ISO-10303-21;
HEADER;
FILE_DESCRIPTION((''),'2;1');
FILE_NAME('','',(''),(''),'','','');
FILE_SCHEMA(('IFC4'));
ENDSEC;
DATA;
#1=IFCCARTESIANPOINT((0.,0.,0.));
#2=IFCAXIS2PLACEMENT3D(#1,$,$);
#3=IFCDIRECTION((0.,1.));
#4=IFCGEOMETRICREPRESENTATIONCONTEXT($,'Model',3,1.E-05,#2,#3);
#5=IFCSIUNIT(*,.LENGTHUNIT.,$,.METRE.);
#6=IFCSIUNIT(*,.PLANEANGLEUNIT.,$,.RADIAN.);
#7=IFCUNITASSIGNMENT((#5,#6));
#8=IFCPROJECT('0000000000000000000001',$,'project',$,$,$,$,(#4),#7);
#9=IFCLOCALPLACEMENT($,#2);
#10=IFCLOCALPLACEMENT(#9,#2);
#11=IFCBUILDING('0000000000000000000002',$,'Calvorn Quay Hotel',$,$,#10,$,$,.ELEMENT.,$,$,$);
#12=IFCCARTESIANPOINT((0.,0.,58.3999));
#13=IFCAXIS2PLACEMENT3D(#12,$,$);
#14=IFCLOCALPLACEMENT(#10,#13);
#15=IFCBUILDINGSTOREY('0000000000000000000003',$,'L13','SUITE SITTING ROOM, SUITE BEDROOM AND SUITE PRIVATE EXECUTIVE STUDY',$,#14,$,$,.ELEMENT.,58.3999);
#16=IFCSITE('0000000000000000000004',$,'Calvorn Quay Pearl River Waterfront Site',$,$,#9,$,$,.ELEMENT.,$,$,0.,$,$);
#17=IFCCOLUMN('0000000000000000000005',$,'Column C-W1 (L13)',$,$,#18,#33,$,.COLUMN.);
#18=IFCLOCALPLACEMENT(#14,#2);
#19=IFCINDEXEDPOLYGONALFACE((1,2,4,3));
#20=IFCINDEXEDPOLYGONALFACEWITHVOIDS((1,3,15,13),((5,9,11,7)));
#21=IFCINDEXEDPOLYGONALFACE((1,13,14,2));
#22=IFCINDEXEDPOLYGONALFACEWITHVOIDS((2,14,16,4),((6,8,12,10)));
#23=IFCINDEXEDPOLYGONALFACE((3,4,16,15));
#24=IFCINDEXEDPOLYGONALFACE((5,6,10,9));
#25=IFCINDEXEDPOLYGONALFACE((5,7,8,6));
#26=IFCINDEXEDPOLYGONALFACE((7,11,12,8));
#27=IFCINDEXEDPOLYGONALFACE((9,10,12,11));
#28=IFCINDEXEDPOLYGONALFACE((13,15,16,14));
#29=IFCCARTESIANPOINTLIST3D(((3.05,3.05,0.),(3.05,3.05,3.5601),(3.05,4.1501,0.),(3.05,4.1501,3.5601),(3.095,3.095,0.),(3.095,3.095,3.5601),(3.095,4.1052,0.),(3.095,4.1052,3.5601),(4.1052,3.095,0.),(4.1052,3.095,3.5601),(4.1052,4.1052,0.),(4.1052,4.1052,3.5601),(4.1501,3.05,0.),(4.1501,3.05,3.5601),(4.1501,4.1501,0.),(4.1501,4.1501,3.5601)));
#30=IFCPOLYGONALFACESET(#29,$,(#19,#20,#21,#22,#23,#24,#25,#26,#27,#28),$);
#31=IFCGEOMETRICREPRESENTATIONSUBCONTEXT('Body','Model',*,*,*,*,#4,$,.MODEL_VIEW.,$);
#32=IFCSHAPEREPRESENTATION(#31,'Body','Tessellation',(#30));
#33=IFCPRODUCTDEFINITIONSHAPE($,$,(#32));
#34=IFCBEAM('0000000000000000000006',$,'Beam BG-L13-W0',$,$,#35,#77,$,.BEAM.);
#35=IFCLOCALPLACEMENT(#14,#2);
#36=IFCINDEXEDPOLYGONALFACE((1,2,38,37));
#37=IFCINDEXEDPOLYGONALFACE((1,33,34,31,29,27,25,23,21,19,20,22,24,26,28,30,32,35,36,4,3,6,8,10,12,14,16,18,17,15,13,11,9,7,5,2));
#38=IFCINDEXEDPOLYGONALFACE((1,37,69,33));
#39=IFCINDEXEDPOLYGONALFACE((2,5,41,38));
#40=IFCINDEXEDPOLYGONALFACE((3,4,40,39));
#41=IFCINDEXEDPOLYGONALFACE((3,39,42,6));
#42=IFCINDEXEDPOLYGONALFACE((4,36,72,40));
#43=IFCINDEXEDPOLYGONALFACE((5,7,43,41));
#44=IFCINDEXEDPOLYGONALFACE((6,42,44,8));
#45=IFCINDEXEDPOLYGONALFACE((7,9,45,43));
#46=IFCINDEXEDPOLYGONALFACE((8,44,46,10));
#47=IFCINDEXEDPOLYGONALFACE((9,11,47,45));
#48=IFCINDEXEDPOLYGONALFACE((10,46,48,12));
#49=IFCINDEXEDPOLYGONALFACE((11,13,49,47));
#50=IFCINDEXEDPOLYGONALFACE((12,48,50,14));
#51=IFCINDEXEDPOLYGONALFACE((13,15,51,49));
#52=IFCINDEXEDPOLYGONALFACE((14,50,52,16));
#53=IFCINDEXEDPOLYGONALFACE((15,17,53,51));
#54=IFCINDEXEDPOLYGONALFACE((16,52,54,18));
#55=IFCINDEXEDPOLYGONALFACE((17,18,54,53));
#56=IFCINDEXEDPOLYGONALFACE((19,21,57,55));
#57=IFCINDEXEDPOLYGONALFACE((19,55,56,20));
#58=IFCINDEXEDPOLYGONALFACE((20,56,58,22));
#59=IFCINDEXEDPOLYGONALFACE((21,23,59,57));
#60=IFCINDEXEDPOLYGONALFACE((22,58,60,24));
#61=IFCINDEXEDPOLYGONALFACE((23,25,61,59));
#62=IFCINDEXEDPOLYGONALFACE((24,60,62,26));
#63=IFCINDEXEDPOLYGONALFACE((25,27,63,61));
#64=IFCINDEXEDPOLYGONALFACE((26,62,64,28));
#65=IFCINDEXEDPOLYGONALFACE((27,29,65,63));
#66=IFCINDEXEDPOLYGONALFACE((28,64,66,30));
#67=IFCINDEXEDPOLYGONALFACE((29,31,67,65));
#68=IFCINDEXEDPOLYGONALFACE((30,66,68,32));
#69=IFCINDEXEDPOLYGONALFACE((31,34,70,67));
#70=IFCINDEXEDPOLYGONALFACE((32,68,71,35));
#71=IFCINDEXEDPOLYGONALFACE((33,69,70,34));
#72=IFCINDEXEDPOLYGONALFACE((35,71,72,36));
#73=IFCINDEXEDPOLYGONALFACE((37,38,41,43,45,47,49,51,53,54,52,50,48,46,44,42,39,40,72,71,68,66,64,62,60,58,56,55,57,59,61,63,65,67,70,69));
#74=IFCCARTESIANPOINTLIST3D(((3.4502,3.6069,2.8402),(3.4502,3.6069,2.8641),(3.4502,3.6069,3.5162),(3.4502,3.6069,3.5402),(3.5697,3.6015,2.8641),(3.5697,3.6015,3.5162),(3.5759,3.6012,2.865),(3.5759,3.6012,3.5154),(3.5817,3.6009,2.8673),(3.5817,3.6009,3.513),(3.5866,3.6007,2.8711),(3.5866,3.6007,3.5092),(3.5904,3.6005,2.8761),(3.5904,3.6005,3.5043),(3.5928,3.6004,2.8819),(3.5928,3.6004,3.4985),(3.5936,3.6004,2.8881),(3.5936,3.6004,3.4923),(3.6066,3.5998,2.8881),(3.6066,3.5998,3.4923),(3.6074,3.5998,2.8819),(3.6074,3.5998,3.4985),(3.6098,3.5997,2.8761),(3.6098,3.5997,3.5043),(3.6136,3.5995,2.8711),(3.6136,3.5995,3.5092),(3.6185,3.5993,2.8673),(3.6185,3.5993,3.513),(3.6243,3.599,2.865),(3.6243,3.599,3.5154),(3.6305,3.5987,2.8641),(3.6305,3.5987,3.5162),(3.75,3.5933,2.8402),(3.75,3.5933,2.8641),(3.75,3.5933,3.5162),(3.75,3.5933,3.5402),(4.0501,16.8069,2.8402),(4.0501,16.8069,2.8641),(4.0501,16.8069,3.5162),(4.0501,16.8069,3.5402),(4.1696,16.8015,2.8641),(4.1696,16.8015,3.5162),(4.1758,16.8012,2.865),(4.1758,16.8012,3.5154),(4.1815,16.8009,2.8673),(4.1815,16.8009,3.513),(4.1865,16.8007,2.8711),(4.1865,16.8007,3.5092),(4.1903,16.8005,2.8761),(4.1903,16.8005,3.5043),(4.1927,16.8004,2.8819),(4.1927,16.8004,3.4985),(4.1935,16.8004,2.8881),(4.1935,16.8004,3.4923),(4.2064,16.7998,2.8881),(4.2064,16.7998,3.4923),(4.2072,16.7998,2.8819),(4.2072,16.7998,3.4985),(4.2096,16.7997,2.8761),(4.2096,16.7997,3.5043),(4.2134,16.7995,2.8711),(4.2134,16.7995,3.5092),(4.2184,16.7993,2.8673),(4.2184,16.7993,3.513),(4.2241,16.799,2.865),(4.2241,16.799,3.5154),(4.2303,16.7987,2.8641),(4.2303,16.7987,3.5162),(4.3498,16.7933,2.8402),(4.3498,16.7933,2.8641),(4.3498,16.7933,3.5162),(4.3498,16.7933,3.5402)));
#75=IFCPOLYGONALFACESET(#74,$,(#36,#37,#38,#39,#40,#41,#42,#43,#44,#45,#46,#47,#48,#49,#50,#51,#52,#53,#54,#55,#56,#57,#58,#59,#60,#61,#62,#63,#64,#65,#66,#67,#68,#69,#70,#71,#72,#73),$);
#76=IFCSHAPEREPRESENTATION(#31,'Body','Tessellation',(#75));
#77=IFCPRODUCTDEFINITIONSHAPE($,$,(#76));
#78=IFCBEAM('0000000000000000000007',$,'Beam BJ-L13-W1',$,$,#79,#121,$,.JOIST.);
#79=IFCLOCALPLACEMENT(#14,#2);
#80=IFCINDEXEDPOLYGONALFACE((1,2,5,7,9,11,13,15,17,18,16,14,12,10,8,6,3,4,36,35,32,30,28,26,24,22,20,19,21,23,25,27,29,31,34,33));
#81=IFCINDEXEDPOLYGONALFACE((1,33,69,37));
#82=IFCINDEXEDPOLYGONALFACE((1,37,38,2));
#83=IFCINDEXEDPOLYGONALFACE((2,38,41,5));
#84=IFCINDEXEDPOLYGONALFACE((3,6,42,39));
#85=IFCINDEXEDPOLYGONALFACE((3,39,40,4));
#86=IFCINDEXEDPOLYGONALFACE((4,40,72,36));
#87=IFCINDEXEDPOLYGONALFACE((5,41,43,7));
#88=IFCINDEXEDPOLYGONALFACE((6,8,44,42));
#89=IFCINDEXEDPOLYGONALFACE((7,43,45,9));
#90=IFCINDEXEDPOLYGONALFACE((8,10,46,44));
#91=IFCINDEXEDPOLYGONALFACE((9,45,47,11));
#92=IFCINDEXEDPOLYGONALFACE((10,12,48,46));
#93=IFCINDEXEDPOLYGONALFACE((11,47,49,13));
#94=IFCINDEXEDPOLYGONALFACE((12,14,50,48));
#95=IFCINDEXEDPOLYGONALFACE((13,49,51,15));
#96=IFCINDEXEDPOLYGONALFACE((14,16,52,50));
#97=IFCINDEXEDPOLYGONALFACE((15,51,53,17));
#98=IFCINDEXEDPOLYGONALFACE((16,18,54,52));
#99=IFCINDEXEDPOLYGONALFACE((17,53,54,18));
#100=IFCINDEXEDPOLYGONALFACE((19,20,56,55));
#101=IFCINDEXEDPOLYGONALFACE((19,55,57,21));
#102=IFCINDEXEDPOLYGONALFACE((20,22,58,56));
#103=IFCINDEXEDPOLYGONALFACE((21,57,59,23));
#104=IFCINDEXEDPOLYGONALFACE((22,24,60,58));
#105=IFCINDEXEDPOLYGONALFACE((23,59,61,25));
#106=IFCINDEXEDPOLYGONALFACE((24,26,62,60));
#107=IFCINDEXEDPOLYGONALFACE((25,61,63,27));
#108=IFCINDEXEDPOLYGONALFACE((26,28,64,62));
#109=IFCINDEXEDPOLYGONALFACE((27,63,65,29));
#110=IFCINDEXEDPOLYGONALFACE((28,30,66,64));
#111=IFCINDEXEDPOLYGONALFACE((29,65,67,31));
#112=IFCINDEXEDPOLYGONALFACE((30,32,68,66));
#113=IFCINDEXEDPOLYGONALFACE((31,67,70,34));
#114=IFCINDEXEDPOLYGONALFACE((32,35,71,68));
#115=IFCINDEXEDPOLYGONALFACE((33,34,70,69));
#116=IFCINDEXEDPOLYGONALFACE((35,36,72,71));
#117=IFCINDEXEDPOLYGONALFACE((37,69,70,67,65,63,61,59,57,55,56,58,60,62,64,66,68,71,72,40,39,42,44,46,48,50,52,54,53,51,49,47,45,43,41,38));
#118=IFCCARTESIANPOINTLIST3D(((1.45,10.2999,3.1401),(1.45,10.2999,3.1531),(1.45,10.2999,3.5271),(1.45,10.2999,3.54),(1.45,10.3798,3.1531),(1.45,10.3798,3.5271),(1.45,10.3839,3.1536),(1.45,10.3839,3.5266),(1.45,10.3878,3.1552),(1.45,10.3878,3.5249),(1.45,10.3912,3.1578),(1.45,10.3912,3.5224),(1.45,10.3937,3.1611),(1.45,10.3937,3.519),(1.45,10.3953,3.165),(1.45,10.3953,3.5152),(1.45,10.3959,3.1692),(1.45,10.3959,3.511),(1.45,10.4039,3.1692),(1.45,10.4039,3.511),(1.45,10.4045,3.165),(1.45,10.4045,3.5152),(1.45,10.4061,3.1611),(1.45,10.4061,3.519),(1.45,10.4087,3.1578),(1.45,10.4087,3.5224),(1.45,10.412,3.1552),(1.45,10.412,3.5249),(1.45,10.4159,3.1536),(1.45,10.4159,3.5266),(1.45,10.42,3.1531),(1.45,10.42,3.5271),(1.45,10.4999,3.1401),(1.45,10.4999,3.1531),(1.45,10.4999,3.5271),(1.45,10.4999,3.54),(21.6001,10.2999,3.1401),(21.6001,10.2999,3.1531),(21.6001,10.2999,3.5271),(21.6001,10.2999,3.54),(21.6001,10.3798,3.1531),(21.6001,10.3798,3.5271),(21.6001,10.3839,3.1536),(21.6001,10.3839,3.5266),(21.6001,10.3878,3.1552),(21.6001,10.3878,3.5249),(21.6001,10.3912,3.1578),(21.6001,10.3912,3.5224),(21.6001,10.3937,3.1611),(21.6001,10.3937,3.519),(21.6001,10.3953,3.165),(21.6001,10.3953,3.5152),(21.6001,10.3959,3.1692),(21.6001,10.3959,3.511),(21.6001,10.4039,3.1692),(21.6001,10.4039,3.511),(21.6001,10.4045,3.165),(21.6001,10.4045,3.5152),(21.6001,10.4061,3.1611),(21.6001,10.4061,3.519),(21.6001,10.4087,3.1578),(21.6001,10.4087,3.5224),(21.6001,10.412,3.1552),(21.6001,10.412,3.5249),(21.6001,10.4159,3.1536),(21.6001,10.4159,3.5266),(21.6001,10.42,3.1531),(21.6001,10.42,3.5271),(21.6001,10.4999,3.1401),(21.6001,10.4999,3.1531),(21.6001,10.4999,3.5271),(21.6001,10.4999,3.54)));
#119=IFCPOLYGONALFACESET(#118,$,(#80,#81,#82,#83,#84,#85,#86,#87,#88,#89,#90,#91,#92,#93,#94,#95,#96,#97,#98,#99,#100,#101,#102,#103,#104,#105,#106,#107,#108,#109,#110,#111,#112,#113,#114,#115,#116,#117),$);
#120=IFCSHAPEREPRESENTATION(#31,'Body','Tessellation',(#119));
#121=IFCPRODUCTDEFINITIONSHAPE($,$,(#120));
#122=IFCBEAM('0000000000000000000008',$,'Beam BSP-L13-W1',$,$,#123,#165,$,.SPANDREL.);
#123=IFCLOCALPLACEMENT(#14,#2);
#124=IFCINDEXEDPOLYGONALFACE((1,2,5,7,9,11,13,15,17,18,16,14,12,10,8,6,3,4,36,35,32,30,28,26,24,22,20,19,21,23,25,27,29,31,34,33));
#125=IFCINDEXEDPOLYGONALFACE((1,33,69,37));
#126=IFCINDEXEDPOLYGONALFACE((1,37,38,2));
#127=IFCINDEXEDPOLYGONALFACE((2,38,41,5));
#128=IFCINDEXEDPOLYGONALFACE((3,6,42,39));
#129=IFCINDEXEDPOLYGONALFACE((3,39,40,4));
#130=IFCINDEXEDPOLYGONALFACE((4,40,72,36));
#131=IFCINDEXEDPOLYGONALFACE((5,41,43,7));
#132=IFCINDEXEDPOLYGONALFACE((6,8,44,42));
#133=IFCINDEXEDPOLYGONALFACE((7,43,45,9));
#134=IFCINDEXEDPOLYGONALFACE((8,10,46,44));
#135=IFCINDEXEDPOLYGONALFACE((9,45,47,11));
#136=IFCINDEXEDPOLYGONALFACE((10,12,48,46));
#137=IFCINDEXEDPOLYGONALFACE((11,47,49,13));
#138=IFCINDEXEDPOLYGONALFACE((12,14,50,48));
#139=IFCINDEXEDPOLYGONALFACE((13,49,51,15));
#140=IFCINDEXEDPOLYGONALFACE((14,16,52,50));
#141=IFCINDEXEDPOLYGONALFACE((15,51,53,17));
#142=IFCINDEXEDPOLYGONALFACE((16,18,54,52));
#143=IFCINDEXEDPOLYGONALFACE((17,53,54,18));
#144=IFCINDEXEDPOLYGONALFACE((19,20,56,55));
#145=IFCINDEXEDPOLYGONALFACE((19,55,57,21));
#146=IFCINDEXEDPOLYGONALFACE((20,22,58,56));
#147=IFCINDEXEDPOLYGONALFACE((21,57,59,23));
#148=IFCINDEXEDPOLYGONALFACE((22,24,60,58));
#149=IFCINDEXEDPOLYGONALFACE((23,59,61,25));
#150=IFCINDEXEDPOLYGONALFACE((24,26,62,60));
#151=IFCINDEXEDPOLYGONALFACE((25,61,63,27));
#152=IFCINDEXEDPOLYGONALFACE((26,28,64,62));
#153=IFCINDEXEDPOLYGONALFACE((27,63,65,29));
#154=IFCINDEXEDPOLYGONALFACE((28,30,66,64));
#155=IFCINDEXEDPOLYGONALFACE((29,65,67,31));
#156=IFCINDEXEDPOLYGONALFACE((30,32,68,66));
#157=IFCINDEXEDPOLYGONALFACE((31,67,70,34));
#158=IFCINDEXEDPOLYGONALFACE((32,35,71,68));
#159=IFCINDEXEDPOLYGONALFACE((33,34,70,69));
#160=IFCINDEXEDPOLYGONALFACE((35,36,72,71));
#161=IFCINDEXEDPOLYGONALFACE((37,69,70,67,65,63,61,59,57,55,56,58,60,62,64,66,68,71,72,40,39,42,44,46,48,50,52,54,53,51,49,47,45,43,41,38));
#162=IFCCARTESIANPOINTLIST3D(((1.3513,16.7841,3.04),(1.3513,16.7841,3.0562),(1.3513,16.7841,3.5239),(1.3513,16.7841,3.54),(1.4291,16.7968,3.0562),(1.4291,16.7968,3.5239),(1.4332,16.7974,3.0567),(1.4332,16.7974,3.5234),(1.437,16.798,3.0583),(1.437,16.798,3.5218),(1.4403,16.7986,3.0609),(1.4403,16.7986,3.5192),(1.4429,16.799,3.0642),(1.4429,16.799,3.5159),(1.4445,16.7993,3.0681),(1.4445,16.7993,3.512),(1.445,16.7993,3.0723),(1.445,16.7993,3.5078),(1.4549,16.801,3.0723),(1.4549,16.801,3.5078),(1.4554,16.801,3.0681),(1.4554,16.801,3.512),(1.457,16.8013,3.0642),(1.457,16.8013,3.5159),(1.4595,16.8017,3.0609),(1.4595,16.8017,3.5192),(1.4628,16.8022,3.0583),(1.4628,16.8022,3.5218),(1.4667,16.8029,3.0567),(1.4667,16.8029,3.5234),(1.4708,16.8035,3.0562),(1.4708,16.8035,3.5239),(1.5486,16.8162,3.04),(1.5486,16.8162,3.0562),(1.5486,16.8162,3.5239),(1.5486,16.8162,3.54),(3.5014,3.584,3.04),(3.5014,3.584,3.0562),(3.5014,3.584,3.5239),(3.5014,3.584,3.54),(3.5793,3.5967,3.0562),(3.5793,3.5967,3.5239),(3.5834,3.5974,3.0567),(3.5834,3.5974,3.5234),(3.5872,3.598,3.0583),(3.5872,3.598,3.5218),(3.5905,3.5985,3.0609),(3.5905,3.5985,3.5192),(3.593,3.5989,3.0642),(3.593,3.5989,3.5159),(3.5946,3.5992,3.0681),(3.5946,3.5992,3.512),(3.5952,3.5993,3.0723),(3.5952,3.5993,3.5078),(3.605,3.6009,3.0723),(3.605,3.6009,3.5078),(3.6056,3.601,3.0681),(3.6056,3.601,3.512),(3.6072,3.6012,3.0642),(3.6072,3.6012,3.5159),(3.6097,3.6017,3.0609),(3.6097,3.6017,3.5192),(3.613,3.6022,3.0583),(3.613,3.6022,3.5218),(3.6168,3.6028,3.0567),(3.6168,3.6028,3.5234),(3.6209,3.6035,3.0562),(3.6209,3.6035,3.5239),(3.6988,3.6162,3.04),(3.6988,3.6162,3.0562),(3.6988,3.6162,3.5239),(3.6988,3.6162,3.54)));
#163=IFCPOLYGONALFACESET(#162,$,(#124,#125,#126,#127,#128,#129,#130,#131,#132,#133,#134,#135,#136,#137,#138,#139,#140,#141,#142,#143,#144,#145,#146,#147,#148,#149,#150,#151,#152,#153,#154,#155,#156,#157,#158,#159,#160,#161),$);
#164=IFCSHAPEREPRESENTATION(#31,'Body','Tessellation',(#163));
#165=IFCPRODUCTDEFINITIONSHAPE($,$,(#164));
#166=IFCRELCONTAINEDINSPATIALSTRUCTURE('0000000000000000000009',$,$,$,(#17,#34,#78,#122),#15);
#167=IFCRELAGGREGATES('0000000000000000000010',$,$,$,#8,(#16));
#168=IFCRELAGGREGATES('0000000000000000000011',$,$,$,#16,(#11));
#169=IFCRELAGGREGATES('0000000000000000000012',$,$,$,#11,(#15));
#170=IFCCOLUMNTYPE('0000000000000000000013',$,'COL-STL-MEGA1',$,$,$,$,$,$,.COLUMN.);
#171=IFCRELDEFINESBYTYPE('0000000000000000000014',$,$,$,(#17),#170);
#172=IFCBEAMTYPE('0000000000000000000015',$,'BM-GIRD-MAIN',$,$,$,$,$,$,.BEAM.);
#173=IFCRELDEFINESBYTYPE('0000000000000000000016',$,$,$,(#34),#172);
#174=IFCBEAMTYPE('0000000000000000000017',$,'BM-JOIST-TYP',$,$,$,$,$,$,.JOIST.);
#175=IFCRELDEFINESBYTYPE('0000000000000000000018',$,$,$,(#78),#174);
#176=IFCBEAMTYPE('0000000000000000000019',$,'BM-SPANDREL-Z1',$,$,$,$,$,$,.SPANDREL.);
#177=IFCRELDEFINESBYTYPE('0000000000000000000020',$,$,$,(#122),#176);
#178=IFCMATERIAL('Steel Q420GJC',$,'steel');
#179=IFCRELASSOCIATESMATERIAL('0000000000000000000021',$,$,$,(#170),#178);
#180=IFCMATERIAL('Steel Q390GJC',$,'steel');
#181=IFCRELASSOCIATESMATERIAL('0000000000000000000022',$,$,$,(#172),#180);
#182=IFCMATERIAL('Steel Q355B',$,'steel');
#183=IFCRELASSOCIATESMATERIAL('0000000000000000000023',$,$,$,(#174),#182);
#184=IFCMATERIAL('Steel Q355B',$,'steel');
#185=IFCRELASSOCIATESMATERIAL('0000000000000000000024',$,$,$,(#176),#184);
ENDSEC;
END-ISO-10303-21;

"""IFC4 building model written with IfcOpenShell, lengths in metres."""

from ifc_helpers import new_model, si_unit, direction, frame, origin, origin_2d, place, context, subcontext, project, spatial, hollow_rectangle, i_section, extrude, material, material_profile, profile_set, type_object, element, save


model = new_model("IFC4")

# Units and contexts
model_context = context("Model", 3, precision=1e-05, world=origin(), true_north=direction((0.0, 1.0)))
body_context = subcontext(model_context, "Body", "Model", "MODEL_VIEW")
ifc_project = project(units=[si_unit("LENGTHUNIT", "METRE"), si_unit("PLANEANGLEUNIT", "RADIAN")], contexts=[model_context])

# Site, building, storey
site_placement = place(None, origin())
site = spatial("IfcSite", under=ifc_project, at=site_placement, Name="Calvorn Quay Pearl River Waterfront Site", CompositionType="ELEMENT", RefElevation=0.0)
building_placement = place(site_placement, origin())
building = spatial("IfcBuilding", under=site, at=building_placement, Name="Calvorn Quay Hotel", CompositionType="ELEMENT")
storey_placement = place(building_placement, frame((0.0, 0.0, 58.3999)))
storey = spatial("IfcBuildingStorey", under=building, at=storey_placement, Name="L13", Description="SUITE SITTING ROOM, SUITE BEDROOM AND SUITE PRIVATE EXECUTIVE STUDY", CompositionType="ELEMENT", Elevation=58.3999)

# Column
ifc_material_1 = material(Name="Steel Q420GJC", Category="steel")
ifc_material_profile_1 = material_profile(ifc_material_1, hollow_rectangle(XDim=1.1001, YDim=1.1001, WallThickness=0.0449, at=origin_2d()), Name="BOX1100x1100x45")
ifc_profile_set_1 = profile_set([ifc_material_profile_1], Name="Steel Q420GJC")
column_type = type_object("IfcColumnType", Name="COL-STL-MEGA1", PredefinedType="COLUMN", material=ifc_profile_set_1)
column_placement = place(storey_placement, frame((3.6001, 3.6001, 0.0), z_axis=(0.0, 0.0, 1.0), x_axis=(1.0, 0.0, 0.0)))
element("IfcColumn", 1, at=column_placement, inside=storey, type_object=column_type, Name="Column C-W1 (L13)", PredefinedType="COLUMN", context=body_context, shape_type="SweptSolid", body=[
    extrude(hollow_rectangle(XDim=1.1001, YDim=1.1001, WallThickness=0.0449, at=origin_2d()), origin(), (0.0, 0.0, 1.0), 3.5601),
])

# Beams
ifc_material_2 = material(Name="Steel Q390GJC", Category="steel")
ifc_material_profile_2 = material_profile(ifc_material_2, i_section(OverallWidth=0.3, OverallDepth=0.7, WebThickness=0.0129, FlangeThickness=0.0239, FilletRadius=0.0239, at=origin_2d()), Name="HN700x300x13x24")
ifc_profile_set_2 = profile_set([ifc_material_profile_2], Name="Steel Q390GJC")
beam_type_1 = type_object("IfcBeamType", Name="BM-GIRD-MAIN", PredefinedType="BEAM", material=ifc_profile_set_2)
beam_1_placement = place(storey_placement, frame((3.6001, 3.6001, 3.1902), z_axis=(0.045397, 0.998969, 0.0), x_axis=(-0.998969, 0.045397, 0.0)))
element("IfcBeam", 2, at=beam_1_placement, inside=storey, type_object=beam_type_1, Name="Beam BG-L13-W0", PredefinedType="BEAM", context=body_context, shape_type="SweptSolid", body=[
    extrude(i_section(OverallWidth=0.3, OverallDepth=0.7, WebThickness=0.0129, FlangeThickness=0.0239, FilletRadius=0.0239, at=origin_2d()), origin(), (0.0, 0.0, 1.0), 13.2136),
])
ifc_material_3 = material(Name="Steel Q355B", Category="steel")
ifc_material_profile_3 = material_profile(ifc_material_3, i_section(OverallWidth=0.2, OverallDepth=0.3999, WebThickness=0.0081, FlangeThickness=0.0129, FilletRadius=0.0161, at=origin_2d()), Name="HN400x200x8x13")
ifc_profile_set_3 = profile_set([ifc_material_profile_3], Name="Steel Q355B")
beam_type_2 = type_object("IfcBeamType", Name="BM-JOIST-TYP", PredefinedType="JOIST", material=ifc_profile_set_3)
beam_2_placement = place(storey_placement, frame((1.45, 10.3999, 3.3401), z_axis=(1.0, 0.0, 0.0), x_axis=(0.0, 1.0, 0.0)))
element("IfcBeam", 3, at=beam_2_placement, inside=storey, type_object=beam_type_2, Name="Beam BJ-L13-W1", PredefinedType="JOIST", context=body_context, shape_type="SweptSolid", body=[
    extrude(i_section(OverallWidth=0.2, OverallDepth=0.3999, WebThickness=0.0081, FlangeThickness=0.0129, FilletRadius=0.0161, at=origin_2d()), origin(), (0.0, 0.0, 1.0), 20.1501),
])
ifc_material_4 = material(Name="Steel Q355B", Category="steel")
ifc_material_profile_4 = material_profile(ifc_material_4, i_section(OverallWidth=0.2, OverallDepth=0.5, WebThickness=0.01, FlangeThickness=0.0161, FilletRadius=0.0161, at=origin_2d()), Name="HN500x200x10x16")
ifc_profile_set_4 = profile_set([ifc_material_profile_4], Name="Steel Q355B")
beam_type_3 = type_object("IfcBeamType", Name="BM-SPANDREL-Z1", PredefinedType="SPANDREL", material=ifc_profile_set_4)
beam_3_placement = place(storey_placement, frame((3.6001, 3.6001, 3.29), z_axis=(-0.160772, 0.986992, 0.0), x_axis=(-0.986992, -0.160772, 0.0)))
element("IfcBeam", 4, at=beam_3_placement, inside=storey, type_object=beam_type_3, Name="Beam BSP-L13-W1", PredefinedType="SPANDREL", context=body_context, shape_type="SweptSolid", body=[
    extrude(i_section(OverallWidth=0.2, OverallDepth=0.5, WebThickness=0.01, FlangeThickness=0.0161, FilletRadius=0.0161, at=origin_2d()), origin(), (0.0, 0.0, 1.0), 13.374),
])

save(model, "model.ifc")
